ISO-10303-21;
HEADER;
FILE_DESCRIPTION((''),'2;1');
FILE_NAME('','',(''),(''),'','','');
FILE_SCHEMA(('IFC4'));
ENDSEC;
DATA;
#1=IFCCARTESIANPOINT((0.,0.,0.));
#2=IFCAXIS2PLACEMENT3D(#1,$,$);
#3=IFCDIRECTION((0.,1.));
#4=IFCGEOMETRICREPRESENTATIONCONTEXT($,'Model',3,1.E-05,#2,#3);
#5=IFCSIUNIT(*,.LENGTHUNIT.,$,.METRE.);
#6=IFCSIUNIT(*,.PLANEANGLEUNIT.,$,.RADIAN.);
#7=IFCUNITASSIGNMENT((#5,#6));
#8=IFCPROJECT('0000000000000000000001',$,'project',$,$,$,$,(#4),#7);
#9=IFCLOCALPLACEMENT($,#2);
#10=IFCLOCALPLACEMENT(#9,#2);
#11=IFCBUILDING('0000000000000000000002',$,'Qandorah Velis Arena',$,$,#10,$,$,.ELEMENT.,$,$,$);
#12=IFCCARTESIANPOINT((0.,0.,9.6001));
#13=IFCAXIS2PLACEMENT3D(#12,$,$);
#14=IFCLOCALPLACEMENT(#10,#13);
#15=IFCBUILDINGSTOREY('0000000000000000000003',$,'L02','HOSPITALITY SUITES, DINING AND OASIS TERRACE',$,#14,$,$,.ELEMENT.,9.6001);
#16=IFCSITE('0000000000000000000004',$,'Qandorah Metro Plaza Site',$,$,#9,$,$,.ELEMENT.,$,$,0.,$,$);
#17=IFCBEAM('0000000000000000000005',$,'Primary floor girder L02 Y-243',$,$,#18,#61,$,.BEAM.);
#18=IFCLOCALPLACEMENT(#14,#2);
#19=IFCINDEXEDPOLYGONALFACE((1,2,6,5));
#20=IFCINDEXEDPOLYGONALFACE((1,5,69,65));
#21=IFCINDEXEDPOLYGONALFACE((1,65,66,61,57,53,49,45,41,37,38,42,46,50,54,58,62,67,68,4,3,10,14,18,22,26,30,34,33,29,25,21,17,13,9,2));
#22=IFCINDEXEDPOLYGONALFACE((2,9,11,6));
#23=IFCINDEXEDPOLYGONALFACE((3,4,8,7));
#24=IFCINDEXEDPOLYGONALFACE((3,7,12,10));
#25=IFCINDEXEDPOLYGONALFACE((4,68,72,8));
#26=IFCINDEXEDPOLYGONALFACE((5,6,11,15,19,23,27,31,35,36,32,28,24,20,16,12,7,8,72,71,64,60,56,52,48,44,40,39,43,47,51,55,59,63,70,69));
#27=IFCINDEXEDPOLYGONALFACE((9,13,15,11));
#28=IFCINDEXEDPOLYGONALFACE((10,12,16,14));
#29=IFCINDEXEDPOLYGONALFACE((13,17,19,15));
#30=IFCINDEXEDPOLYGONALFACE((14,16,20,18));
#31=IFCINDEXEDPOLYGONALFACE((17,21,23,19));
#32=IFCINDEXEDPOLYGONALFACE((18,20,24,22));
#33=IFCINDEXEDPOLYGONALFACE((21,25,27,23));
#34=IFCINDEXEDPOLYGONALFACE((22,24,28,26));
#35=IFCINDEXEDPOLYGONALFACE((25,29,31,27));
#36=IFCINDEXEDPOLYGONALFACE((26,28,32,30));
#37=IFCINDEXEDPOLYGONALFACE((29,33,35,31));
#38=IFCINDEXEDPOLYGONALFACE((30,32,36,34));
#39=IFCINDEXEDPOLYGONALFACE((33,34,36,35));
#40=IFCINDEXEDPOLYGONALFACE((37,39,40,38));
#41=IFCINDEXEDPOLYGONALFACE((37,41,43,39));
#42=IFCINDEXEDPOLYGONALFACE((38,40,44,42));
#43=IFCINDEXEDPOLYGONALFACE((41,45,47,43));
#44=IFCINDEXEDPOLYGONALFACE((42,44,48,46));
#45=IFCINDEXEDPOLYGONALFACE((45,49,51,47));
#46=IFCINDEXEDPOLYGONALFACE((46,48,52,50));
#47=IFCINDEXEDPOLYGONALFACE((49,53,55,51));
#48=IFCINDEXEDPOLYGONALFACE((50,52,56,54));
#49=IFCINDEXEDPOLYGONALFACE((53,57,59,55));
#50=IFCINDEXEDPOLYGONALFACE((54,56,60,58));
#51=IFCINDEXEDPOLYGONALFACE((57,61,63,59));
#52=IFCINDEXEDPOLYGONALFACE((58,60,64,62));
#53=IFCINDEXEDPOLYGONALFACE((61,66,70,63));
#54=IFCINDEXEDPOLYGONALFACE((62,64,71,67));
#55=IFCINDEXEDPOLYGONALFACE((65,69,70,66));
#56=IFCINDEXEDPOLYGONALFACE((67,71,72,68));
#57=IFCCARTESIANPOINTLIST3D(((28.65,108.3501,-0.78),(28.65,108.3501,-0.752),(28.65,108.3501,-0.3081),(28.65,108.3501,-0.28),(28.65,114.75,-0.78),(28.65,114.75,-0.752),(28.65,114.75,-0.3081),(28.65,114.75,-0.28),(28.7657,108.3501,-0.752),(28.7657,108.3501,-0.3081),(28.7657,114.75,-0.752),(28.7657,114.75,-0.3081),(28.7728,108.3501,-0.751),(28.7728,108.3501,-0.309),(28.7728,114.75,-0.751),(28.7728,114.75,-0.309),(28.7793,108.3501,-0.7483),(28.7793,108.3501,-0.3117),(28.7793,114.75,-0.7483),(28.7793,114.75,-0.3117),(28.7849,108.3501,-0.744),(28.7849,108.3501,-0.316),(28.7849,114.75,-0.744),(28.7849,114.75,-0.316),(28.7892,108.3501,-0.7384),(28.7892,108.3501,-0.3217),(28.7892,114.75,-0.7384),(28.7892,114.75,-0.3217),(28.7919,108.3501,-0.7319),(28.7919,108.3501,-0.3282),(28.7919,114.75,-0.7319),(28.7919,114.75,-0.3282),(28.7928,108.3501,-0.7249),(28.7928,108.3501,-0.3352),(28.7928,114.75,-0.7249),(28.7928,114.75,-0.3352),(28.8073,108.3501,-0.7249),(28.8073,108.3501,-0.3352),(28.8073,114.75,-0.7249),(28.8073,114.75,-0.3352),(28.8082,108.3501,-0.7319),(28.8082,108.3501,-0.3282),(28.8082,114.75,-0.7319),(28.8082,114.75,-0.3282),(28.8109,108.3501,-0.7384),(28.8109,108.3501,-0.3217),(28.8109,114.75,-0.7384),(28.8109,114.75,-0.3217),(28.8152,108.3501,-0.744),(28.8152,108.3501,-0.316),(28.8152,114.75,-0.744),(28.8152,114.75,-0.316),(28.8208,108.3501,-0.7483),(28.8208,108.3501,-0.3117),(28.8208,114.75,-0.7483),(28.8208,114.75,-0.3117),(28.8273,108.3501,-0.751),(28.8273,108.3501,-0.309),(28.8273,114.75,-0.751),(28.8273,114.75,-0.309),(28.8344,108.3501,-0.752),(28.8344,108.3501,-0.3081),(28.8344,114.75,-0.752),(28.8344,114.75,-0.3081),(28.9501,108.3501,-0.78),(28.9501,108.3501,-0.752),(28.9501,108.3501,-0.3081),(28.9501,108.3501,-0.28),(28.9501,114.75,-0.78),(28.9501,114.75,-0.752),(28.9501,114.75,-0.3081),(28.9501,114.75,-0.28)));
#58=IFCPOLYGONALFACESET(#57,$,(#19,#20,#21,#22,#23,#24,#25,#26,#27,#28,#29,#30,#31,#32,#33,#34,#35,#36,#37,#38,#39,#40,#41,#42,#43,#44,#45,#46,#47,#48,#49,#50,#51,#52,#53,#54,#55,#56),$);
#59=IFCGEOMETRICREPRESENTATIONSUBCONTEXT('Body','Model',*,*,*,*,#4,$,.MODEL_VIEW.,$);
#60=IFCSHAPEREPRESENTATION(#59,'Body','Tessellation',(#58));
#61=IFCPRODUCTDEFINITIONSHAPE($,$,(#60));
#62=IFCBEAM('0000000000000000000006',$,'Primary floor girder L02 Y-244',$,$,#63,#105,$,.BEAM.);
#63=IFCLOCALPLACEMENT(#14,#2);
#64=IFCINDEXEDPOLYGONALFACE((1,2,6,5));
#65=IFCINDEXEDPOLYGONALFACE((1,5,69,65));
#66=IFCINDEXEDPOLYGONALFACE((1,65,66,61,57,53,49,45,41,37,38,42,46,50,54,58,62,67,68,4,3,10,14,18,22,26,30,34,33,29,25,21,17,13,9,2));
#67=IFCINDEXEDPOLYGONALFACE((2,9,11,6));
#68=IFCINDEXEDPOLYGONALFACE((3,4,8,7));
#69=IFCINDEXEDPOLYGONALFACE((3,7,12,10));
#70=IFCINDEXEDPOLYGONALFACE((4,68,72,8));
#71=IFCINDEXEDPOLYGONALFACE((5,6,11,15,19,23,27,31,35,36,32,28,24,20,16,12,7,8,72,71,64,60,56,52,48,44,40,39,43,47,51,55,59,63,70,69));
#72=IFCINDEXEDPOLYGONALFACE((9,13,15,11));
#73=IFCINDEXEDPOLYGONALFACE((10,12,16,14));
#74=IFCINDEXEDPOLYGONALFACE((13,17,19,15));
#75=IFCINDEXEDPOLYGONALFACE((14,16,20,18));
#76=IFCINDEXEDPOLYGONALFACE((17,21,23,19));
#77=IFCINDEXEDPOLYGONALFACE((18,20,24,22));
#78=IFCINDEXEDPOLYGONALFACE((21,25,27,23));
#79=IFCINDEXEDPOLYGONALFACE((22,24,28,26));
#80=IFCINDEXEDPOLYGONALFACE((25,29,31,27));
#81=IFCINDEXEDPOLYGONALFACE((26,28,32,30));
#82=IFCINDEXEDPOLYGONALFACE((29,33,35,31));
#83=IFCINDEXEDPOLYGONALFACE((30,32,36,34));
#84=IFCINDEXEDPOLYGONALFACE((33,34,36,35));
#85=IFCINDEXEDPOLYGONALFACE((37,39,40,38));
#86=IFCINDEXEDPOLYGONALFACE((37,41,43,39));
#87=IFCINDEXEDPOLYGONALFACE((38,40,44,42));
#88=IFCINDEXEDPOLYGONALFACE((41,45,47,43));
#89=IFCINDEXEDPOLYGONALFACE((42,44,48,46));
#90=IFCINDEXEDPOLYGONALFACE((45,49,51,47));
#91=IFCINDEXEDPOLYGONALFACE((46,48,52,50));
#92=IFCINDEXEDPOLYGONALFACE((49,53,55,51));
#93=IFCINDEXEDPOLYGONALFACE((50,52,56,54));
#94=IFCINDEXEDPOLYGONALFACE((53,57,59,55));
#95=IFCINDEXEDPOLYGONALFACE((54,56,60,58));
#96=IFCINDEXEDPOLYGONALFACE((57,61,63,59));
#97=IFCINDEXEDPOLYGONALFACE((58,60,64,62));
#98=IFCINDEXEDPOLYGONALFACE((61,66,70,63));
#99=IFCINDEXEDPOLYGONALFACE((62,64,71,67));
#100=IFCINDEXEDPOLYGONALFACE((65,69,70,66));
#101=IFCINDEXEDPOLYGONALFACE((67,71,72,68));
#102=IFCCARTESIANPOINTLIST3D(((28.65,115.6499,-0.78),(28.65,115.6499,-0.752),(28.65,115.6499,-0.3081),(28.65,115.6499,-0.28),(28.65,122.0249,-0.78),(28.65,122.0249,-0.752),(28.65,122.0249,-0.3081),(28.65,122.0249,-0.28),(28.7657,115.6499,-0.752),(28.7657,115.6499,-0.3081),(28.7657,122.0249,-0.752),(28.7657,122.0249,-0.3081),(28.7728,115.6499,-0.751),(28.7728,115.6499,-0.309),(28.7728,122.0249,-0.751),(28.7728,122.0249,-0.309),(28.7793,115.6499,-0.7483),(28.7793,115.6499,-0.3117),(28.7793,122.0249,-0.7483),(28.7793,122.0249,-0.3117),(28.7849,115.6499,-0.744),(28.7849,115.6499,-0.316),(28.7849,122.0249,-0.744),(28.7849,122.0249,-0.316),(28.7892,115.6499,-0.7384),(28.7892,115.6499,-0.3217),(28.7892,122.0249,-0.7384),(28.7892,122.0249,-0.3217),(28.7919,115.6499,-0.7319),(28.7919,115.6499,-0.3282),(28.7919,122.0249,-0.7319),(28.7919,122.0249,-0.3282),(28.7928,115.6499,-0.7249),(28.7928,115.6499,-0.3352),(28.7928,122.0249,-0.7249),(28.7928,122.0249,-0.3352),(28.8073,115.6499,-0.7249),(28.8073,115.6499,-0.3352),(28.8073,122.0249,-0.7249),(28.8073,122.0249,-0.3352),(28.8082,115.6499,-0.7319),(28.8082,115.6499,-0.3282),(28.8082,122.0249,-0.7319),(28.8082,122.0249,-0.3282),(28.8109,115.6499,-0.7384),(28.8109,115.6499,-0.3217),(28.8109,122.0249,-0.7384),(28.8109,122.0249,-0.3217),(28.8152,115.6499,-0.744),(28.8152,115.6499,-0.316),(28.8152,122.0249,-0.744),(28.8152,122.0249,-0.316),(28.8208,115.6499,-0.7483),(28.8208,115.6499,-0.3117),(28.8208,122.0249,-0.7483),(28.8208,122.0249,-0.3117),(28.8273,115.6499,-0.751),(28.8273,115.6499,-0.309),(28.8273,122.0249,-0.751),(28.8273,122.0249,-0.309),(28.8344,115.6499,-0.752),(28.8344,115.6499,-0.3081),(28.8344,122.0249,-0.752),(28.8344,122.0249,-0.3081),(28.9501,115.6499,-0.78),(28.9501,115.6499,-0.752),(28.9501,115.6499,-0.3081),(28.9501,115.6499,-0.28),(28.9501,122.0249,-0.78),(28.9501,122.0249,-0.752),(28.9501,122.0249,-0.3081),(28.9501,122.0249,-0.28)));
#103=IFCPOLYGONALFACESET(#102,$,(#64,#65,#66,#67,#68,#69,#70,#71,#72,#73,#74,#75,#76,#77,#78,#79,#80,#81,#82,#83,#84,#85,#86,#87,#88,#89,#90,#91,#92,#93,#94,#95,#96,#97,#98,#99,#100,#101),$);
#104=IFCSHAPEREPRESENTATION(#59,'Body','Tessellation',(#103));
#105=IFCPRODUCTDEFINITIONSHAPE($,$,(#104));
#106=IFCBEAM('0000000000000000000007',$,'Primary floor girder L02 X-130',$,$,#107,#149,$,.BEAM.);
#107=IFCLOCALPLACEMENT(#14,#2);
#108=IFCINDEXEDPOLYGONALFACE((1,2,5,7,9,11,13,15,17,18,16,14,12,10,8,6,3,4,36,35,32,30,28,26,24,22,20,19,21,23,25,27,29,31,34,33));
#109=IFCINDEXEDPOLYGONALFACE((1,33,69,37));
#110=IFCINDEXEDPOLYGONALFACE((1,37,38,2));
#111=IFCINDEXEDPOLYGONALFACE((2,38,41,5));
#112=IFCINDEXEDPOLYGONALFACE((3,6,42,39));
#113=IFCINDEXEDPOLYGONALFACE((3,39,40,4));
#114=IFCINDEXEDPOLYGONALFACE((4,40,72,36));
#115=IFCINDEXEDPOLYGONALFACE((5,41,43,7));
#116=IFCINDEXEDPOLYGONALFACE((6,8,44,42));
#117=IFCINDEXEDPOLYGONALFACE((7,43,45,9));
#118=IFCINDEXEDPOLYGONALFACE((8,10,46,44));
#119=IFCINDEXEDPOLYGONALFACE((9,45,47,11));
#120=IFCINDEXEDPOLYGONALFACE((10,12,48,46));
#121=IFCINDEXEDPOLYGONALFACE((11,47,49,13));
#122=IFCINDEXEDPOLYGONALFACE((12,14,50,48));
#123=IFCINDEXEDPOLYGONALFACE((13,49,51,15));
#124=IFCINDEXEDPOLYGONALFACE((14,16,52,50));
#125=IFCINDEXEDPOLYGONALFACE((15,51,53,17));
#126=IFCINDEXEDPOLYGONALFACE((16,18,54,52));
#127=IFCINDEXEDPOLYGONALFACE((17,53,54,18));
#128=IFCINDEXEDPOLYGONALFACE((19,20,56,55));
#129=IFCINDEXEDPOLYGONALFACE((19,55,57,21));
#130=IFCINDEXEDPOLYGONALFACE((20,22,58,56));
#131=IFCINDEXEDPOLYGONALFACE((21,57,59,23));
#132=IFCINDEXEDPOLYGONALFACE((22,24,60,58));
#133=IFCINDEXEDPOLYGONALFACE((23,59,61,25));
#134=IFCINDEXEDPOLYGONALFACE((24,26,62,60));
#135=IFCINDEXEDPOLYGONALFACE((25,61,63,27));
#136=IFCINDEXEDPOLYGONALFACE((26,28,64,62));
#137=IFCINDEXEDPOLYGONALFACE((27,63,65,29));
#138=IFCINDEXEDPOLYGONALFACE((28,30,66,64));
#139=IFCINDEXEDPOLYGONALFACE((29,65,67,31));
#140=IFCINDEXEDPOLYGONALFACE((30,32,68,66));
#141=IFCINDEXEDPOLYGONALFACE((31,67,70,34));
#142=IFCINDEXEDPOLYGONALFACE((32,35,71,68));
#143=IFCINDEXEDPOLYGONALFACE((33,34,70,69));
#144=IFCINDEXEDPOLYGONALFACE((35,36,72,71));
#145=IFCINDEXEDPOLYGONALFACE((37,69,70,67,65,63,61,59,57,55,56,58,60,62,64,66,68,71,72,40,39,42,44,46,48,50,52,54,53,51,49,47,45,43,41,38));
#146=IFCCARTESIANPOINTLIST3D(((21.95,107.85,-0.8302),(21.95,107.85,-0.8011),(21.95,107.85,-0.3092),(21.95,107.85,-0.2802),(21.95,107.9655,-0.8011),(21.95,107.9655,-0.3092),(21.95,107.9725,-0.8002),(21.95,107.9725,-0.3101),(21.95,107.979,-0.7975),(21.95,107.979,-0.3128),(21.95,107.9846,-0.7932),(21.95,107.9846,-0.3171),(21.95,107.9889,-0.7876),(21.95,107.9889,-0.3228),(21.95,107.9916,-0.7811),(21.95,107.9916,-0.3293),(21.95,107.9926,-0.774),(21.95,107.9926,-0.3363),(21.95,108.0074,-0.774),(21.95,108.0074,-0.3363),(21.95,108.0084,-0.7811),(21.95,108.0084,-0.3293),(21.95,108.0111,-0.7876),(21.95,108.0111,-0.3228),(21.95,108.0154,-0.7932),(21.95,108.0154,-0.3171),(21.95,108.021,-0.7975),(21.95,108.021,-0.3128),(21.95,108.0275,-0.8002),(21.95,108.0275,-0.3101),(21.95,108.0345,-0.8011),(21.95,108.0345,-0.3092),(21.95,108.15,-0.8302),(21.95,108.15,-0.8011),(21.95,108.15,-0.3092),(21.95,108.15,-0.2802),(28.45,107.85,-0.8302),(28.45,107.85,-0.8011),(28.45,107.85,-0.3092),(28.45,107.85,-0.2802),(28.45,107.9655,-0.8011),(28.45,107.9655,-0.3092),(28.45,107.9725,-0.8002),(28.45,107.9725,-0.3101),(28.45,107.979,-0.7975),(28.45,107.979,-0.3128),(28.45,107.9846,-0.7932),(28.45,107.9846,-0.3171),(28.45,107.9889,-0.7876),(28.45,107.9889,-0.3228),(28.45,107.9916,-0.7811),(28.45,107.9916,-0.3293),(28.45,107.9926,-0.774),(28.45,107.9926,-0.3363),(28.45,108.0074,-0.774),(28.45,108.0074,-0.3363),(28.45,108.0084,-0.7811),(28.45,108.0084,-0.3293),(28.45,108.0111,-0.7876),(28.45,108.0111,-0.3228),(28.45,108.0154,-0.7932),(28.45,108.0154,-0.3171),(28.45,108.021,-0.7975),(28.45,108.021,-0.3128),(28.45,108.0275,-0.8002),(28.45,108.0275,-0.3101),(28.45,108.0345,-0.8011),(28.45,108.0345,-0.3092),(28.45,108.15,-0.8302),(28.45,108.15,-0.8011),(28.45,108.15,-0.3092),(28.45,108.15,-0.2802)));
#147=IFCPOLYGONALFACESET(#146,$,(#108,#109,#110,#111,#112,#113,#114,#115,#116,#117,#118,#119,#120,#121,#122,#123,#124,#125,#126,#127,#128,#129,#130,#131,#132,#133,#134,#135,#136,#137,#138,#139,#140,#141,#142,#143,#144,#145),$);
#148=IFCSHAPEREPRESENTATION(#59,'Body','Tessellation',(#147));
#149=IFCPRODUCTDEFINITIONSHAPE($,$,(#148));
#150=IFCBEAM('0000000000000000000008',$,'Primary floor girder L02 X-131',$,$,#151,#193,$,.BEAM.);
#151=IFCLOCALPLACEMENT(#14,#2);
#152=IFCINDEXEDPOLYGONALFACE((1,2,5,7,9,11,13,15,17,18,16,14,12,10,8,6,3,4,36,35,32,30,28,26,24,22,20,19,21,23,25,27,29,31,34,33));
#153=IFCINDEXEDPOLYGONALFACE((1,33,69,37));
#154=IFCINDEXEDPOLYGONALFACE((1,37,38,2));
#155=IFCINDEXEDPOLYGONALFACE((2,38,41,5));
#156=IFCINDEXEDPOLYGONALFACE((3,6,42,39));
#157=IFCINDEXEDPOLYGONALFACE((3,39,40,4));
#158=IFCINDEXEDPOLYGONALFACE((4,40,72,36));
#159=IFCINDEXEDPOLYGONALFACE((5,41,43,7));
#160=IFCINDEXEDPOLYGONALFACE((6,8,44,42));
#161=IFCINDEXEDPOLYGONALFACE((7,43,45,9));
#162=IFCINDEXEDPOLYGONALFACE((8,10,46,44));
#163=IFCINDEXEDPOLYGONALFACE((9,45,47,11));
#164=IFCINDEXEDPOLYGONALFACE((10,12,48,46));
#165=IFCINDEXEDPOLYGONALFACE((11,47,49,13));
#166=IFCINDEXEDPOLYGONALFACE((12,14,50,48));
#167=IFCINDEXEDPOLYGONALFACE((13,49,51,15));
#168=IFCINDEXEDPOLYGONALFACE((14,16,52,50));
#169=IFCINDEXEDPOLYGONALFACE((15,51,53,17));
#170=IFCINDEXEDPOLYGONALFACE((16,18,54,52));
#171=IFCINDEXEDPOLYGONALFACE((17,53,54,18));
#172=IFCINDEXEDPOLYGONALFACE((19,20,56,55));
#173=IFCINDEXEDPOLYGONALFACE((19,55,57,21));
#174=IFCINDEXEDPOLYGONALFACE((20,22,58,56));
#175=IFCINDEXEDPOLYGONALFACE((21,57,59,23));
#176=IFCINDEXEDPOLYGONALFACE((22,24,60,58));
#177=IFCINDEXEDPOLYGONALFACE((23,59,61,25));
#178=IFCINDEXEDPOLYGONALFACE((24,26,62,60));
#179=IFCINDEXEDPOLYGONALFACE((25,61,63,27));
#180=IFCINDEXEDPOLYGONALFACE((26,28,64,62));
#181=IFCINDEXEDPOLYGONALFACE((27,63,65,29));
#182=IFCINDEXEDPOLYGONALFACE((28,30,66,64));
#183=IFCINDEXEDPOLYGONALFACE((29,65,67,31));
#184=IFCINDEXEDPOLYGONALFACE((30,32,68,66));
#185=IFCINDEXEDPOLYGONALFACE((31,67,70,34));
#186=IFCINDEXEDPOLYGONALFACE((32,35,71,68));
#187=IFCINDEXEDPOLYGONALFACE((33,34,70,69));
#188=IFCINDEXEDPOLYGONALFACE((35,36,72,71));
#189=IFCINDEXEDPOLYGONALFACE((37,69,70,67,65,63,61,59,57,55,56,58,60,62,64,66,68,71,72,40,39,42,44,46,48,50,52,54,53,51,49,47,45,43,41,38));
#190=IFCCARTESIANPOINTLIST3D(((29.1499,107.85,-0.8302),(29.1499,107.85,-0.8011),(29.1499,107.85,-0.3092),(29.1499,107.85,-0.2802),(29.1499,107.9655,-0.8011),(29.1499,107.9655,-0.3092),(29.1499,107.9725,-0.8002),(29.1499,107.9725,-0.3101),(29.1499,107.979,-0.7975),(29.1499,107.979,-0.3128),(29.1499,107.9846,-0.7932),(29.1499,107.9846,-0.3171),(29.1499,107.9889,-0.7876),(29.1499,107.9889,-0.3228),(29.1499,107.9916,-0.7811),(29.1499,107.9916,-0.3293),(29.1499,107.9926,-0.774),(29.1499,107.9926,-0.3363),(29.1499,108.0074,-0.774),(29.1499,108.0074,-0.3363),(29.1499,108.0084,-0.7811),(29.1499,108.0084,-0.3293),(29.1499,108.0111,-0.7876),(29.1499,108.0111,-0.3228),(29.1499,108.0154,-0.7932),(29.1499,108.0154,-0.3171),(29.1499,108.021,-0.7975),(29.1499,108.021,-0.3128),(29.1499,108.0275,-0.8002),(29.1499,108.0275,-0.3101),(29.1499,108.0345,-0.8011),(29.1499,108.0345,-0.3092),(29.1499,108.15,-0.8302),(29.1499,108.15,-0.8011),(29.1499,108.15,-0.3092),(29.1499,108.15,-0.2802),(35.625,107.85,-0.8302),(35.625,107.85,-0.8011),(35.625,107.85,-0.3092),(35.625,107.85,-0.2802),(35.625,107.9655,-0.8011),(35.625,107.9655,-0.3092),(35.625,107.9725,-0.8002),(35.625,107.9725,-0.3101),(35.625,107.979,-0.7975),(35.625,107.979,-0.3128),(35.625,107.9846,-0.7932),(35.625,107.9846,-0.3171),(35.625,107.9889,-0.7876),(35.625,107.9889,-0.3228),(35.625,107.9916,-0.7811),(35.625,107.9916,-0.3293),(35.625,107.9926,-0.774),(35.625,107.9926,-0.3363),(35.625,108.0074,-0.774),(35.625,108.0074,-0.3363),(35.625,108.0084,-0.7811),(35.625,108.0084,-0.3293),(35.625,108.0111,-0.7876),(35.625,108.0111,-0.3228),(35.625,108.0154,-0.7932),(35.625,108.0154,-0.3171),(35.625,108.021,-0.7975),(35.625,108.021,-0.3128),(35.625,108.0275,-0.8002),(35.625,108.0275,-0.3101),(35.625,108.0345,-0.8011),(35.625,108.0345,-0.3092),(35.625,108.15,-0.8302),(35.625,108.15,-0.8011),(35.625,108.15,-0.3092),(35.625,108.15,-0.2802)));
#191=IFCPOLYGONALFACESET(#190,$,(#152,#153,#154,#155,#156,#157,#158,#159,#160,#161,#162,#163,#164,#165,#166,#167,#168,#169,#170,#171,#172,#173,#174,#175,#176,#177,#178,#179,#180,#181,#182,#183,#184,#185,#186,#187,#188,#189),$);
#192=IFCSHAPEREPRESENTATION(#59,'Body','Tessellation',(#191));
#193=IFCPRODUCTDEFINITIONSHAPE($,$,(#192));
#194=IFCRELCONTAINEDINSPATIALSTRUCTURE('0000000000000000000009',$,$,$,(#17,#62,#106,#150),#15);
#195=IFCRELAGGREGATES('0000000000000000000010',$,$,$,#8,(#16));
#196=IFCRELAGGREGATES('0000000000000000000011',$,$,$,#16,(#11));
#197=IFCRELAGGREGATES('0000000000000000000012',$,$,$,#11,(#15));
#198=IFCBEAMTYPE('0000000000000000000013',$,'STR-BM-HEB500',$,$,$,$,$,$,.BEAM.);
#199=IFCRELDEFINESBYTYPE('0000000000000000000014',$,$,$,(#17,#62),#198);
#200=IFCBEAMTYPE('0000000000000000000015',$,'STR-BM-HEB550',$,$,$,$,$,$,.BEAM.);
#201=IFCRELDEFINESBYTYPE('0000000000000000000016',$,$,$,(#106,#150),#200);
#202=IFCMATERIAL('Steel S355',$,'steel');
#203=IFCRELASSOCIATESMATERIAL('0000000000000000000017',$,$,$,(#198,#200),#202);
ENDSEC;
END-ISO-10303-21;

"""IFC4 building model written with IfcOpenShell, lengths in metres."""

from ifc_helpers import new_model, si_unit, direction, frame, origin, origin_2d, place, context, subcontext, project, spatial, i_section, extrude, material, material_profile, profile_set, type_object, element, save


model = new_model("IFC4")

# Units and contexts
model_context = context("Model", 3, precision=1e-05, world=origin(), true_north=direction((0.0, 1.0)))
body_context = subcontext(model_context, "Body", "Model", "MODEL_VIEW")
ifc_project = project(units=[si_unit("LENGTHUNIT", "METRE"), si_unit("PLANEANGLEUNIT", "RADIAN")], contexts=[model_context])

# Site, building, storey
site_placement = place(None, origin())
site = spatial("IfcSite", under=ifc_project, at=site_placement, Name="Qandorah Metro Plaza Site", CompositionType="ELEMENT", RefElevation=0.0)
building_placement = place(site_placement, origin())
building = spatial("IfcBuilding", under=site, at=building_placement, Name="Qandorah Velis Arena", CompositionType="ELEMENT")
storey_placement = place(building_placement, frame((0.0, 0.0, 9.6001)))
storey = spatial("IfcBuildingStorey", under=building, at=storey_placement, Name="L02", Description="HOSPITALITY SUITES, DINING AND OASIS TERRACE", CompositionType="ELEMENT", Elevation=9.6001)

# Shared definitions
ifc_material_1 = material(Name="Steel S355", Category="steel")

# Beams
ifc_material_profile_1 = material_profile(ifc_material_1, i_section(OverallWidth=0.3, OverallDepth=0.5, WebThickness=0.0144, FlangeThickness=0.0281, FilletRadius=0.0271, at=origin_2d()), Name="HEB 500")
ifc_profile_set_1 = profile_set([ifc_material_profile_1], Name="Steel S355")
beam_type_1 = type_object("IfcBeamType", Name="STR-BM-HEB500", PredefinedType="BEAM", material=ifc_profile_set_1)
beam_1_placement = place(storey_placement, frame((28.8, 108.3501, -0.53), z_axis=(0.0, 1.0, 0.0), x_axis=(-1.0, 0.0, 0.0)))
element("IfcBeam", 1, at=beam_1_placement, inside=storey, type_object=beam_type_1, Name="Primary floor girder L02 Y-243", PredefinedType="BEAM", context=body_context, shape_type="SweptSolid", body=[
    extrude(i_section(OverallWidth=0.3, OverallDepth=0.5, WebThickness=0.0144, FlangeThickness=0.0281, FilletRadius=0.0271, at=origin_2d()), origin(), (0.0, 0.0, 1.0), 6.3999),
])
beam_2_placement = place(storey_placement, frame((28.8, 115.6499, -0.53), z_axis=(0.0, 1.0, 0.0), x_axis=(-1.0, 0.0, 0.0)))
element("IfcBeam", 2, at=beam_2_placement, inside=storey, type_object=beam_type_1, Name="Primary floor girder L02 Y-244", PredefinedType="BEAM", context=body_context, shape_type="SweptSolid", body=[
    extrude(i_section(OverallWidth=0.3, OverallDepth=0.5, WebThickness=0.0144, FlangeThickness=0.0281, FilletRadius=0.0271, at=origin_2d()), origin(), (0.0, 0.0, 1.0), 6.375),
])
ifc_material_profile_2 = material_profile(ifc_material_1, i_section(OverallWidth=0.3, OverallDepth=0.55, WebThickness=0.0149, FlangeThickness=0.0291, FilletRadius=0.0271, at=origin_2d()), Name="HEB 550")
ifc_profile_set_2 = profile_set([ifc_material_profile_2], Name="Steel S355")
beam_type_2 = type_object("IfcBeamType", Name="STR-BM-HEB550", PredefinedType="BEAM", material=ifc_profile_set_2)
beam_3_placement = place(storey_placement, frame((21.95, 108.0, -0.5552), z_axis=(1.0, 0.0, 0.0), x_axis=(0.0, 1.0, 0.0)))
element("IfcBeam", 3, at=beam_3_placement, inside=storey, type_object=beam_type_2, Name="Primary floor girder L02 X-130", PredefinedType="BEAM", context=body_context, shape_type="SweptSolid", body=[
    extrude(i_section(OverallWidth=0.3, OverallDepth=0.55, WebThickness=0.0149, FlangeThickness=0.0291, FilletRadius=0.0271, at=origin_2d()), origin(), (0.0, 0.0, 1.0), 6.5),
])
beam_4_placement = place(storey_placement, frame((29.1499, 108.0, -0.5552), z_axis=(1.0, 0.0, 0.0), x_axis=(0.0, 1.0, 0.0)))
element("IfcBeam", 4, at=beam_4_placement, inside=storey, type_object=beam_type_2, Name="Primary floor girder L02 X-131", PredefinedType="BEAM", context=body_context, shape_type="SweptSolid", body=[
    extrude(i_section(OverallWidth=0.3, OverallDepth=0.55, WebThickness=0.0149, FlangeThickness=0.0291, FilletRadius=0.0271, at=origin_2d()), origin(), (0.0, 0.0, 1.0), 6.4751),
])

save(model, "model.ifc")
